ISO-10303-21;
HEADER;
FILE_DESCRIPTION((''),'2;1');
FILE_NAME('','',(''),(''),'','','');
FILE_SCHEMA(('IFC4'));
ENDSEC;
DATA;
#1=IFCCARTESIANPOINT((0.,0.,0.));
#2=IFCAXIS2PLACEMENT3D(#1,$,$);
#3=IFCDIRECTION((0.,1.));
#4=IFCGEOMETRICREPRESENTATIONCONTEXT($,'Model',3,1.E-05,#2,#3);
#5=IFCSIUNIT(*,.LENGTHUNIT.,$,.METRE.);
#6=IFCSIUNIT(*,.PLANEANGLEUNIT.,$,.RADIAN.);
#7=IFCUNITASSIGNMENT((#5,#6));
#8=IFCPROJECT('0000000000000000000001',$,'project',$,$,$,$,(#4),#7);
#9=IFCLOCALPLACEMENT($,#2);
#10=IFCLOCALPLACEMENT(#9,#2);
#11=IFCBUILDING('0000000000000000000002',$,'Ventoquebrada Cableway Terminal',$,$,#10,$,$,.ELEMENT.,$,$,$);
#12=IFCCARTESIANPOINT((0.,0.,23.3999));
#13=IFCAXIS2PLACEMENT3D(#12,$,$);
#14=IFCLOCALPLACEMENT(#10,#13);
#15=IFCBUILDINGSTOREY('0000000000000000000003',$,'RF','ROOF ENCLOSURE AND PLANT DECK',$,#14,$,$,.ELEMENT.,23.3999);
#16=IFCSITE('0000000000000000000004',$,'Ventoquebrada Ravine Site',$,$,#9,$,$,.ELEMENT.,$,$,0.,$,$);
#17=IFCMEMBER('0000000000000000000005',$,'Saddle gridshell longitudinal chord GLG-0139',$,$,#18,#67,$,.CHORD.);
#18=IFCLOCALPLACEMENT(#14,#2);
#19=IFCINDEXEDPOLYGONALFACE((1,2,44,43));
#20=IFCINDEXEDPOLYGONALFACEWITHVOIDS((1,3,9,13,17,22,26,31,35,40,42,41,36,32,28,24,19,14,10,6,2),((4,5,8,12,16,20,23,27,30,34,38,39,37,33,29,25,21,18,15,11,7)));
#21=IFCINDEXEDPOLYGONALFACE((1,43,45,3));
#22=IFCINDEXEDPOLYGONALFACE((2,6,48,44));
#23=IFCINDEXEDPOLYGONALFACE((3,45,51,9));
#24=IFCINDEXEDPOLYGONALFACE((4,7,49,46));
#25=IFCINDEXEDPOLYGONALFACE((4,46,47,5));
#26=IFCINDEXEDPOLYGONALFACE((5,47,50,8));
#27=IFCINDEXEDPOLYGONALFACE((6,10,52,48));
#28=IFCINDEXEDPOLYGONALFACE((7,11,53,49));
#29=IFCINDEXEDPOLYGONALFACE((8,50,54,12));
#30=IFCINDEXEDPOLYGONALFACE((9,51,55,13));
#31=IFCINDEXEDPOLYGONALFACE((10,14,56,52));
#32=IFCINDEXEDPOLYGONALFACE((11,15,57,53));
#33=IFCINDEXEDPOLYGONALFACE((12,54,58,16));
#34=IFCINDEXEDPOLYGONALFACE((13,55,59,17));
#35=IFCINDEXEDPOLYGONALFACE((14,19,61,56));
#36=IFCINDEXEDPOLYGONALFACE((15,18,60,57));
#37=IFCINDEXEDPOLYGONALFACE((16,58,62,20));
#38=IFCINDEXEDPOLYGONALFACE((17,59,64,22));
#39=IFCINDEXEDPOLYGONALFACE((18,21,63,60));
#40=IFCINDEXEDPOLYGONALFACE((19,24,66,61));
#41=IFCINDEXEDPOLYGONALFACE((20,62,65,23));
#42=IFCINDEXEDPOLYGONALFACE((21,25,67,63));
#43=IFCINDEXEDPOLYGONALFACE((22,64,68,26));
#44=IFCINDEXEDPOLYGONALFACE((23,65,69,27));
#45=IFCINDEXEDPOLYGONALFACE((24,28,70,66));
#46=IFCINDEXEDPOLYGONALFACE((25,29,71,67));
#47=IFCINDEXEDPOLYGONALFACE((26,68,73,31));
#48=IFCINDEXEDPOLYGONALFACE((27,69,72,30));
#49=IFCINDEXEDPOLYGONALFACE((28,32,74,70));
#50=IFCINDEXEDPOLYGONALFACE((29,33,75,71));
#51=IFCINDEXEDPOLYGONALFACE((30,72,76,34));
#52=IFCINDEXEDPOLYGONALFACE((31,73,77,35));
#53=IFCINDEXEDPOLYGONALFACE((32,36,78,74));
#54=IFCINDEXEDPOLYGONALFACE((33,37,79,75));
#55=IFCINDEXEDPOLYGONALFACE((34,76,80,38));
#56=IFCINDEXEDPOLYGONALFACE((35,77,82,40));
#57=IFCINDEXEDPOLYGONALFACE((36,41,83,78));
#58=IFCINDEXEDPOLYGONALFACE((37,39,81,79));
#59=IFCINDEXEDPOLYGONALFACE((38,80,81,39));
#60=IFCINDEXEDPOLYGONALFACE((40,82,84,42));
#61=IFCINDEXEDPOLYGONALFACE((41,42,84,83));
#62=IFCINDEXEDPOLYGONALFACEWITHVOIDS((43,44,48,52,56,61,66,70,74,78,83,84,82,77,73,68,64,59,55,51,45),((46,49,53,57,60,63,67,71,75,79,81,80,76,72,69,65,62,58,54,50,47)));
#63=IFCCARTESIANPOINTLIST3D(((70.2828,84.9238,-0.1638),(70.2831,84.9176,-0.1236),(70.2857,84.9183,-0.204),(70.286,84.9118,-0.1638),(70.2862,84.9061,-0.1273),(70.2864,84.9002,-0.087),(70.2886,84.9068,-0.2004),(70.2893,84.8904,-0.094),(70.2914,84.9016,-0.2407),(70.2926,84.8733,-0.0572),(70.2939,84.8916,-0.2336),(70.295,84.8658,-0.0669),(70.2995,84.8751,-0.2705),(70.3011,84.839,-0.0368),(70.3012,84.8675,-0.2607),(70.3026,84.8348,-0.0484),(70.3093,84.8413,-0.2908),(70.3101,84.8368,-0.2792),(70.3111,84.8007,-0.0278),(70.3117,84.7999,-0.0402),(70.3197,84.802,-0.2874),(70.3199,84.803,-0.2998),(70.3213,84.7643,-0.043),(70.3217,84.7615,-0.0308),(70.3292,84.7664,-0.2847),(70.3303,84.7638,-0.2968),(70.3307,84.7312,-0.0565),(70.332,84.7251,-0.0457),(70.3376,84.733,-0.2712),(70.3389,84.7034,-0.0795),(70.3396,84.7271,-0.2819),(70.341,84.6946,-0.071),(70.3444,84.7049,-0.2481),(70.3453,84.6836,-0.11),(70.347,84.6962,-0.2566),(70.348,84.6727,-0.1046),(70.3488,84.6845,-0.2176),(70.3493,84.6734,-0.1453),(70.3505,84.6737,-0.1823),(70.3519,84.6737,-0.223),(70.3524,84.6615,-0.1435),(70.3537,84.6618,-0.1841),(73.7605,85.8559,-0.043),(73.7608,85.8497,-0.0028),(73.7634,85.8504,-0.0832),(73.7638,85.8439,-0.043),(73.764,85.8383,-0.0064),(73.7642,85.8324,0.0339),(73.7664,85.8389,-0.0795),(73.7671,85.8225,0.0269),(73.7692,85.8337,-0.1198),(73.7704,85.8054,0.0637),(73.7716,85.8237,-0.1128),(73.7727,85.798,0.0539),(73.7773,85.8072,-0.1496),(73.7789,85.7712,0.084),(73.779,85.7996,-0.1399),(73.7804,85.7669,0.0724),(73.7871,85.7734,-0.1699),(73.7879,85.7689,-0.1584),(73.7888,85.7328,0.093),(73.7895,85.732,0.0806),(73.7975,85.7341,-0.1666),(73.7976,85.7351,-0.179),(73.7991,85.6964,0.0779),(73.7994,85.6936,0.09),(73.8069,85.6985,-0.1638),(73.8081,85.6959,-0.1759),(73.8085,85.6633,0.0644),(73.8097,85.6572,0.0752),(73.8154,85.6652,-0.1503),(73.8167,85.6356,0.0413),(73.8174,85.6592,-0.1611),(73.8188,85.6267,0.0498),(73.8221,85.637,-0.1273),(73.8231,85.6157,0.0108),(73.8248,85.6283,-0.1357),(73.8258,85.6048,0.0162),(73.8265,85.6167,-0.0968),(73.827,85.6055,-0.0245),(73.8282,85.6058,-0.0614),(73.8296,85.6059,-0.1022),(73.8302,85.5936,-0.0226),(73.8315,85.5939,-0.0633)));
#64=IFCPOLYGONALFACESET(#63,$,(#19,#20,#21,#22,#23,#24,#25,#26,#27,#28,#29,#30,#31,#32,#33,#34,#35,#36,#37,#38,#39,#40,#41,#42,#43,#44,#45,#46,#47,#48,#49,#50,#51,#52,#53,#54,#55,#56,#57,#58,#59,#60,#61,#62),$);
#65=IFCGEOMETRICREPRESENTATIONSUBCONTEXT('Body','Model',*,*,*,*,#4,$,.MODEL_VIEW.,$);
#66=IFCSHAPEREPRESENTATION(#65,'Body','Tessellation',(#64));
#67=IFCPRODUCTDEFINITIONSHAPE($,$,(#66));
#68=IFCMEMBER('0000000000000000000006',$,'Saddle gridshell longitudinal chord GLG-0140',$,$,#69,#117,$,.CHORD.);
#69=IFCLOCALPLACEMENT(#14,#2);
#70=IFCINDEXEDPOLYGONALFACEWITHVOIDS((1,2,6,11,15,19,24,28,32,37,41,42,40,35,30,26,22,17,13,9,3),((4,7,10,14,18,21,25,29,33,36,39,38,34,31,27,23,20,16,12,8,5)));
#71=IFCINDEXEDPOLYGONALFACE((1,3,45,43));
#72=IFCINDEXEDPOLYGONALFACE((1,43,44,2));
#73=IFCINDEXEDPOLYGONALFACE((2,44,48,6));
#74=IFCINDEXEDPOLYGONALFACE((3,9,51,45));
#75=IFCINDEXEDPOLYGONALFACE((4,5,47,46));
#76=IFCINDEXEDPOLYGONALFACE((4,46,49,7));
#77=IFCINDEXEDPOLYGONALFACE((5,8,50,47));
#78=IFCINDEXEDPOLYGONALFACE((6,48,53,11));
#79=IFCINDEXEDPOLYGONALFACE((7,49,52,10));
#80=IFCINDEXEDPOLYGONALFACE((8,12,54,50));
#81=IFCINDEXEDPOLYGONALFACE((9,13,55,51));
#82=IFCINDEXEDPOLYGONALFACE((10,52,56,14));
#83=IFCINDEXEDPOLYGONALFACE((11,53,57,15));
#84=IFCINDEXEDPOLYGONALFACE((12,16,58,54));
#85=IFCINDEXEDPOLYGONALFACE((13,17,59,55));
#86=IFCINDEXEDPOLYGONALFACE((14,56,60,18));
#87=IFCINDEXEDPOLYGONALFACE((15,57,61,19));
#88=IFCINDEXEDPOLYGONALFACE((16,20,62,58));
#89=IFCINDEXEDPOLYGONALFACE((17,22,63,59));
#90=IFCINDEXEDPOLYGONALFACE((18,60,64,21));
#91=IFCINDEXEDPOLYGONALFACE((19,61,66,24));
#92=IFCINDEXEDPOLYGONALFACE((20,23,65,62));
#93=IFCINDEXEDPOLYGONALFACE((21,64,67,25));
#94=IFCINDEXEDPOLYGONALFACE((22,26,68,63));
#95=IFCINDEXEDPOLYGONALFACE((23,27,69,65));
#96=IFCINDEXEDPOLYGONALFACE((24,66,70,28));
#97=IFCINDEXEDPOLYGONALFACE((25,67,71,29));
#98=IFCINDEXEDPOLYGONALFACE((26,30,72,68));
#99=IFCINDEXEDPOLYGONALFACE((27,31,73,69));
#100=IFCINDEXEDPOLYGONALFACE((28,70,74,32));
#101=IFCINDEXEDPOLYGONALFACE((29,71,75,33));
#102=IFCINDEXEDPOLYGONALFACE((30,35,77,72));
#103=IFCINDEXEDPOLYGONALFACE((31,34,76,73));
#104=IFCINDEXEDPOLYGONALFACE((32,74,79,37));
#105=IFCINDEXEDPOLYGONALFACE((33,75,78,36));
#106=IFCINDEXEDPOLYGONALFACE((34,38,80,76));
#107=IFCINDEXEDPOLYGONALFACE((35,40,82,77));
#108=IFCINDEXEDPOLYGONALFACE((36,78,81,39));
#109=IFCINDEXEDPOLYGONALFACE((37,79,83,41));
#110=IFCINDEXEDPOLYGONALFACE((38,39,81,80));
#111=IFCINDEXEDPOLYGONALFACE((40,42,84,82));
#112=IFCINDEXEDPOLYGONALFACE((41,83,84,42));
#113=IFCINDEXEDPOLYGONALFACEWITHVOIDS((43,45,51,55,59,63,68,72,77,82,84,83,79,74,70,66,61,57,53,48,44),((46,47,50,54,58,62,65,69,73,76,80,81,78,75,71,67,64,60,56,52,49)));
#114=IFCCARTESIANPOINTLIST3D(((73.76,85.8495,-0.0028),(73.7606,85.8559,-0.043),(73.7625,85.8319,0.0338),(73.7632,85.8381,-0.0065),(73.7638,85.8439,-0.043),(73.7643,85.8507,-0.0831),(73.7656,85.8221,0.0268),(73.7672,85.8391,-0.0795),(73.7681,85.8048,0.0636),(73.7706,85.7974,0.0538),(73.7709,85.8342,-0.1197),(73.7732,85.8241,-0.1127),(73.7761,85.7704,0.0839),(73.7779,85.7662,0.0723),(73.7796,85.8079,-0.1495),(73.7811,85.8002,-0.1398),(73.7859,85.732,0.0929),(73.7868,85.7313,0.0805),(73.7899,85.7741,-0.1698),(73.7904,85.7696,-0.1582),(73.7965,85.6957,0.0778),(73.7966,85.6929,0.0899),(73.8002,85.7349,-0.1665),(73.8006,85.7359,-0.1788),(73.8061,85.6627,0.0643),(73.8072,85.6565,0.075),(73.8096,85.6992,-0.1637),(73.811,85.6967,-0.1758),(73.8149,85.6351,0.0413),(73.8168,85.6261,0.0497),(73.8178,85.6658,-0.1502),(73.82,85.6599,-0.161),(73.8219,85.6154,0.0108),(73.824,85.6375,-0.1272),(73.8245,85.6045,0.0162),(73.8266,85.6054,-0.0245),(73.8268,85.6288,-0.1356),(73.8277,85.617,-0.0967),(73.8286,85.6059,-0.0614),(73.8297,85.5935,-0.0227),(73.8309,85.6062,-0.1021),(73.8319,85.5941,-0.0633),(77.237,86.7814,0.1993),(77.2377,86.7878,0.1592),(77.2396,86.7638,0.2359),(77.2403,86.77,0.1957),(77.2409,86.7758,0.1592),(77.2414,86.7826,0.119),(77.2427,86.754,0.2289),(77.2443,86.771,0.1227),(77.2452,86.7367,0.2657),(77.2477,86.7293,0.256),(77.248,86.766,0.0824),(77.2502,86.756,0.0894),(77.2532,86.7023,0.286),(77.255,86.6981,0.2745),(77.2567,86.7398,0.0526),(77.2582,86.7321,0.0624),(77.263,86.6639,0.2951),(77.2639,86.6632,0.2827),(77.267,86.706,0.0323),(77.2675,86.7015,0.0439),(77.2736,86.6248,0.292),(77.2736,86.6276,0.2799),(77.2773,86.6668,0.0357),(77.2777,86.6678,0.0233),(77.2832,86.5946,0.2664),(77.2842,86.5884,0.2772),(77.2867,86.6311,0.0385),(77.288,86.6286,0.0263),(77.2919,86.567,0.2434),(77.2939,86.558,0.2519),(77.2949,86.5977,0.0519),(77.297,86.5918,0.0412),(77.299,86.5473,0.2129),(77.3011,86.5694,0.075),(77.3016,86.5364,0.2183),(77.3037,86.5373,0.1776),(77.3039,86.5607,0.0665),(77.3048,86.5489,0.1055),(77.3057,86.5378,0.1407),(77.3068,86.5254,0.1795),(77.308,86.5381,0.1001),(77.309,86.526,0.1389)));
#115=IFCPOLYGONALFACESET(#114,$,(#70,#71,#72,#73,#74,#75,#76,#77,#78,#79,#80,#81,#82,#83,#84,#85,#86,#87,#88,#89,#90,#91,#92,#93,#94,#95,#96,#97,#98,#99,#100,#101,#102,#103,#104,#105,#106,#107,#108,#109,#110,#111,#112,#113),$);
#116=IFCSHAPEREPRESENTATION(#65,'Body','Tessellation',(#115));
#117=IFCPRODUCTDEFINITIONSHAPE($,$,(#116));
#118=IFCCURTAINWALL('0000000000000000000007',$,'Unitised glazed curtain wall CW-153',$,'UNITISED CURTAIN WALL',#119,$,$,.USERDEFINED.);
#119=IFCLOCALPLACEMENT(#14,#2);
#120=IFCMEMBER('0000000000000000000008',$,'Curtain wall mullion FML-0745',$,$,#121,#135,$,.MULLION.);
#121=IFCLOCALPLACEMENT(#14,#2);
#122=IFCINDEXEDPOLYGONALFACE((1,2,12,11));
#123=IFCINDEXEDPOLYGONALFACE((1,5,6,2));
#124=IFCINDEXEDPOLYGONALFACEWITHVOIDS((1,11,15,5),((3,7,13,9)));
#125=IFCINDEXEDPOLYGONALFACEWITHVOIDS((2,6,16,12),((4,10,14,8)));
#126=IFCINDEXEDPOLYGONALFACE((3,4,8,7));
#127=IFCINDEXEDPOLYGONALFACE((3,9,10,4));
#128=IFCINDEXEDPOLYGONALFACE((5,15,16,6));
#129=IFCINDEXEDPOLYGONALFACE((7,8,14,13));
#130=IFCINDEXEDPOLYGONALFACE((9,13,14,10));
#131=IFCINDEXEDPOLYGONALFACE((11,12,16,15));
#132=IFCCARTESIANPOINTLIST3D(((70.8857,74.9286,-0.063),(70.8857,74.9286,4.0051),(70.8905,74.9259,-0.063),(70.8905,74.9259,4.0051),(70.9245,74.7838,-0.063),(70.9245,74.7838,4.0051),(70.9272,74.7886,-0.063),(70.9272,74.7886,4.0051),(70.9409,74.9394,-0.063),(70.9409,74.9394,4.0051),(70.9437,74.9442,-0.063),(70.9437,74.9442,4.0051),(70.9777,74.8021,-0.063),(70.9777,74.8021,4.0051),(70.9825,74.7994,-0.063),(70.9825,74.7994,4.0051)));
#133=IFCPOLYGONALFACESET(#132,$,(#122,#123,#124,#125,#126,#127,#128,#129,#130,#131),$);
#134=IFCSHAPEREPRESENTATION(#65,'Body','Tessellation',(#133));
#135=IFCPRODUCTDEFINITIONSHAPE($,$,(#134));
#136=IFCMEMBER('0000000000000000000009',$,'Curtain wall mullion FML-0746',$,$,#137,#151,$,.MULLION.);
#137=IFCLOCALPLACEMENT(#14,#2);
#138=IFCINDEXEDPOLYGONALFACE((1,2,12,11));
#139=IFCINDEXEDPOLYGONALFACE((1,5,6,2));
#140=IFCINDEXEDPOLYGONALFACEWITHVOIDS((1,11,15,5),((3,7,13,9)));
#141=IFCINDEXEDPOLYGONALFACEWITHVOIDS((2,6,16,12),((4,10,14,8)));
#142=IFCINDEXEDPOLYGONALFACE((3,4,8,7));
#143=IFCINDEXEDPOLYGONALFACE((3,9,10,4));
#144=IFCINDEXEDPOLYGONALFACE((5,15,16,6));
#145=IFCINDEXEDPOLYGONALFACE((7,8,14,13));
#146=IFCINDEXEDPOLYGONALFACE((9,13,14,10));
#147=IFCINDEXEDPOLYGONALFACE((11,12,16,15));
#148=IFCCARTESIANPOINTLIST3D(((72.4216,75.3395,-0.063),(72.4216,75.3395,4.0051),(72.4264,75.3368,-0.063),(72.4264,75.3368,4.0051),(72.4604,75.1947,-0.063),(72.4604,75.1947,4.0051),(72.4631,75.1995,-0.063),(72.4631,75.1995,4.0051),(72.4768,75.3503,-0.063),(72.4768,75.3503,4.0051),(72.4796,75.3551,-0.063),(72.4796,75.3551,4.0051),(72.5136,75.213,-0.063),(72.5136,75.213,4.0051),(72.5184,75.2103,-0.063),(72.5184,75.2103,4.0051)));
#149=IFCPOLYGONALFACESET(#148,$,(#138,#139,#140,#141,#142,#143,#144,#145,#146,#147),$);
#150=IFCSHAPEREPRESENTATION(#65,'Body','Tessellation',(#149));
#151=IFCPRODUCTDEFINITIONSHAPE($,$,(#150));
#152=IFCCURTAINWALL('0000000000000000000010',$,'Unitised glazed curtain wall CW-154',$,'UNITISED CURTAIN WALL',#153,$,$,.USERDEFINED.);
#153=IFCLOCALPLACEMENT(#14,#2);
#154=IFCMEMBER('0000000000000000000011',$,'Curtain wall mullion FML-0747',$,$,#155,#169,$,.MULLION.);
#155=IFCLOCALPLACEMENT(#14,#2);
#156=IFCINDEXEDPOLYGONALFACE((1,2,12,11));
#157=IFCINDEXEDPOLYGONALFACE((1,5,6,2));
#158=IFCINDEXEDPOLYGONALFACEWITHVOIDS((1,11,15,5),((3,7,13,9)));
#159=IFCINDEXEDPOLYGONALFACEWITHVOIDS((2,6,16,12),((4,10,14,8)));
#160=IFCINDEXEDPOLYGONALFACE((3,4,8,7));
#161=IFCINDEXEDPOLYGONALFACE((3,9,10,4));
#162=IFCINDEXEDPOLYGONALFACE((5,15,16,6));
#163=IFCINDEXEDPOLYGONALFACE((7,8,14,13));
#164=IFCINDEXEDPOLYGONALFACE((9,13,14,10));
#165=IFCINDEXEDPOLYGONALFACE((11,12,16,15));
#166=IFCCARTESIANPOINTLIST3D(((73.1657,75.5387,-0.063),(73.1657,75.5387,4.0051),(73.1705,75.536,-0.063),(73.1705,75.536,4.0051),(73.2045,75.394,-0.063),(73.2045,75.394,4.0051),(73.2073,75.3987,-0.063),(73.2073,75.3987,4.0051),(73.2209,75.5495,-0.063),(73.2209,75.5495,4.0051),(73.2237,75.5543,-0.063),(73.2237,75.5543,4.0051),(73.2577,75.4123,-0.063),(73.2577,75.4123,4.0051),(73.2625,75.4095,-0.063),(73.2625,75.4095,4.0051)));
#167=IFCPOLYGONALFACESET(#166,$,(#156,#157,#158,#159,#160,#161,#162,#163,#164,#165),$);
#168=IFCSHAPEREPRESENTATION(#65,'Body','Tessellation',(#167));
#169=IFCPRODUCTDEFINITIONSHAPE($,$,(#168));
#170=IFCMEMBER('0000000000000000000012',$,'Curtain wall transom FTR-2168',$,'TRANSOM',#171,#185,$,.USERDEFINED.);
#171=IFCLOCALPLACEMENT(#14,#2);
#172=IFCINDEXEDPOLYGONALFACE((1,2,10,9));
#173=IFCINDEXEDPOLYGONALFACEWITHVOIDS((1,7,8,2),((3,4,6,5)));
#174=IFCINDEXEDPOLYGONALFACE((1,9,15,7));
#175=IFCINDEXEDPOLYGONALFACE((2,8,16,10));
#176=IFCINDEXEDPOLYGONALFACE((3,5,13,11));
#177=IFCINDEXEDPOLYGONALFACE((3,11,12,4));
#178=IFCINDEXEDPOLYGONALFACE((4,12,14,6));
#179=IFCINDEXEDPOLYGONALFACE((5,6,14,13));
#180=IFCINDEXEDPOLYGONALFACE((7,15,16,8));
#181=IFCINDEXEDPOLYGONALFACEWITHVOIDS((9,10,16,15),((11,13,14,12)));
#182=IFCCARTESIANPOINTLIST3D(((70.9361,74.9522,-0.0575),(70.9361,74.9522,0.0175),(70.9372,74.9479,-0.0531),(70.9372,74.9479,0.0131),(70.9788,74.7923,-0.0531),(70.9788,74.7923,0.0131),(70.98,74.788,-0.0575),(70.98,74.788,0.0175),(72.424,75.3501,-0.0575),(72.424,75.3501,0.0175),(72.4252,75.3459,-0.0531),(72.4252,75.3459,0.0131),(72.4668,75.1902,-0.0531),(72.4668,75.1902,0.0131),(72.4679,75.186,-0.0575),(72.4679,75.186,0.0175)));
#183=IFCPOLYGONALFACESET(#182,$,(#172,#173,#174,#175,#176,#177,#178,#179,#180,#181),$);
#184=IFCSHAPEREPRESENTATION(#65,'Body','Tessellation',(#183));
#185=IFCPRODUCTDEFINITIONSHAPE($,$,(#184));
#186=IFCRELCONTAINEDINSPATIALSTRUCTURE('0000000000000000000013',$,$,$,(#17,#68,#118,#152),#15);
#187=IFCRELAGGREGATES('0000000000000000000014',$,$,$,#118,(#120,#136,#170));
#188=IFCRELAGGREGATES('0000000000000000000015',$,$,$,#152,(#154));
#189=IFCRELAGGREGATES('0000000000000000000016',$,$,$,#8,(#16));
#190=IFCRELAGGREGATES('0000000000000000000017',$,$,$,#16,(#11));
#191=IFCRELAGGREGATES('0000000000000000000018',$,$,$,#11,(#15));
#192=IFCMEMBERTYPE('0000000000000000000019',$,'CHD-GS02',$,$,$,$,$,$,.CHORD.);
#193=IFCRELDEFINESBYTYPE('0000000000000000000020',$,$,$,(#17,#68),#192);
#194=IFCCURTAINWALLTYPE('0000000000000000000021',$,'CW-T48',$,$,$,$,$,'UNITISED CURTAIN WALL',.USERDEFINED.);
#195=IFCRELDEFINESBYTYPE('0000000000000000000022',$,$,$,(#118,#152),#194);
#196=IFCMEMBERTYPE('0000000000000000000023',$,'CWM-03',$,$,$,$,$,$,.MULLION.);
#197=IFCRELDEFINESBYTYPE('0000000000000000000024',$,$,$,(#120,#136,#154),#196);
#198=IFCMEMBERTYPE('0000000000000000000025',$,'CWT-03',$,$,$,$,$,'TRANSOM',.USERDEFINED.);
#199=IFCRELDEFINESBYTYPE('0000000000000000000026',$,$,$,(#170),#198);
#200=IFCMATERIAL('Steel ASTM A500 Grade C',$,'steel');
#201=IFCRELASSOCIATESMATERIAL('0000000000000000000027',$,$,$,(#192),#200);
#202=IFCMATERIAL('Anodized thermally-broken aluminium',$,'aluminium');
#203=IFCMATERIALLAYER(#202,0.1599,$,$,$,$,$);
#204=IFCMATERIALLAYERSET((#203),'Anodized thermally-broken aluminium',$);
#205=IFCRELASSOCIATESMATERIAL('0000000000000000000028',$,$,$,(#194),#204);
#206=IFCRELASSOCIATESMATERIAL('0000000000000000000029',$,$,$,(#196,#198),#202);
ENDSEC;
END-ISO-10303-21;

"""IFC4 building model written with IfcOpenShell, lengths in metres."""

from ifc_helpers import new_model, si_unit, direction, frame, origin, origin_2d, place, context, subcontext, project, spatial, hollow_rectangle, hollow_circle, extrude, material, layer, layer_set, material_profile, profile_set, type_object, element, aggregate, save


model = new_model("IFC4")

# Units and contexts
model_context = context("Model", 3, precision=1e-05, world=origin(), true_north=direction((0.0, 1.0)))
body_context = subcontext(model_context, "Body", "Model", "MODEL_VIEW")
ifc_project = project(units=[si_unit("LENGTHUNIT", "METRE"), si_unit("PLANEANGLEUNIT", "RADIAN")], contexts=[model_context])

# Site, building, storey
site_placement = place(None, origin())
site = spatial("IfcSite", under=ifc_project, at=site_placement, Name="Ventoquebrada Ravine Site", CompositionType="ELEMENT", RefElevation=0.0)
building_placement = place(site_placement, origin())
building = spatial("IfcBuilding", under=site, at=building_placement, Name="Ventoquebrada Cableway Terminal", CompositionType="ELEMENT")
storey_placement = place(building_placement, frame((0.0, 0.0, 23.3999)))
storey = spatial("IfcBuildingStorey", under=building, at=storey_placement, Name="RF", Description="ROOF ENCLOSURE AND PLANT DECK", CompositionType="ELEMENT", Elevation=23.3999)

# Members
ifc_material_1 = material(Name="Steel ASTM A500 Grade C", Category="steel")
ifc_material_profile_1 = material_profile(ifc_material_1, hollow_circle(Radius=0.1365, WallThickness=0.0125, at=origin_2d()), Name="CHS273.0X12.5")
ifc_profile_set_1 = profile_set([ifc_material_profile_1], Name="Steel ASTM A500 Grade C")
member_type_1 = type_object("IfcMemberType", Name="CHD-GS02", PredefinedType="CHORD", material=ifc_profile_set_1)
member_1_placement = place(storey_placement, frame((70.3181, 84.792, -0.1638), z_axis=(0.965364, 0.258741, 0.033545), x_axis=(-0.258886, 0.965908, 0.0)))
element("IfcMember", 1, at=member_1_placement, inside=storey, type_object=member_type_1, Name="Saddle gridshell longitudinal chord GLG-0139", PredefinedType="CHORD", context=body_context, shape_type="SweptSolid", body=[
    extrude(hollow_circle(Radius=0.1365, WallThickness=0.0125, at=origin_2d()), origin(), (0.0, 0.0, 1.0), 3.6025),
])
member_2_placement = place(storey_placement, frame((73.7959, 85.7241, -0.043), z_axis=(0.964392, 0.258467, 0.056068), x_axis=(-0.258874, 0.965911, 0.0)))
element("IfcMember", 2, at=member_2_placement, inside=storey, type_object=member_type_1, Name="Saddle gridshell longitudinal chord GLG-0140", PredefinedType="CHORD", context=body_context, shape_type="SweptSolid", body=[
    extrude(hollow_circle(Radius=0.1365, WallThickness=0.0125, at=origin_2d()), origin(), (0.0, 0.0, 1.0), 3.6055),
])

# Curtain wall, members
ifc_material_2 = material(Name="Anodized thermally-broken aluminium", Category="aluminium")
ifc_layer_1 = layer(ifc_material_2, 0.1599)
ifc_layer_set_1 = layer_set([ifc_layer_1], Name="Anodized thermally-broken aluminium")
curtain_wall_type = type_object("IfcCurtainWallType", Name="CW-T48", ElementType="UNITISED CURTAIN WALL", PredefinedType="USERDEFINED", material=ifc_layer_set_1)
curtain_wall_1_placement = place(storey_placement, origin())
curtain_wall_1 = element("IfcCurtainWall", 3, at=curtain_wall_1_placement, inside=storey, type_object=curtain_wall_type, Name="Unitised glazed curtain wall CW-153", ObjectType="UNITISED CURTAIN WALL", PredefinedType="USERDEFINED")
ifc_material_profile_2 = material_profile(ifc_material_2, hollow_rectangle(XDim=0.0601, YDim=0.1499, WallThickness=0.0039, at=origin_2d()), Name="CW-MUL-60X150")
ifc_profile_set_2 = profile_set([ifc_material_profile_2], Name="Anodized thermally-broken aluminium")
member_type_2 = type_object("IfcMemberType", Name="CWM-03", PredefinedType="MULLION", material=ifc_profile_set_2)
member_3_placement = place(storey_placement, frame((70.9341, 74.864, -0.063), z_axis=(0.0, 0.0, 1.0), x_axis=(0.965944, 0.258752, 0.0)))
member_3 = element("IfcMember", 4, at=member_3_placement, type_object=member_type_2, Name="Curtain wall mullion FML-0745", PredefinedType="MULLION", context=body_context, shape_type="SweptSolid", body=[
    extrude(hollow_rectangle(XDim=0.0601, YDim=0.1499, WallThickness=0.0039, at=origin_2d()), origin(), (0.0, 0.0, 1.0), 4.0681),
])
member_4_placement = place(storey_placement, frame((72.47, 75.2749, -0.063), z_axis=(0.0, 0.0, 1.0), x_axis=(0.965944, 0.258752, 0.0)))
member_4 = element("IfcMember", 5, at=member_4_placement, type_object=member_type_2, Name="Curtain wall mullion FML-0746", PredefinedType="MULLION", context=body_context, shape_type="SweptSolid", body=[
    extrude(hollow_rectangle(XDim=0.0601, YDim=0.1499, WallThickness=0.0039, at=origin_2d()), origin(), (0.0, 0.0, 1.0), 4.0681),
])

# Curtain wall, member
curtain_wall_2_placement = place(storey_placement, origin())
curtain_wall_2 = element("IfcCurtainWall", 6, at=curtain_wall_2_placement, inside=storey, type_object=curtain_wall_type, Name="Unitised glazed curtain wall CW-154", ObjectType="UNITISED CURTAIN WALL", PredefinedType="USERDEFINED")
member_5_placement = place(storey_placement, frame((73.2141, 75.4741, -0.063), z_axis=(0.0, 0.0, 1.0), x_axis=(0.965903, 0.258903, 0.0)))
member_5 = element("IfcMember", 7, at=member_5_placement, type_object=member_type_2, Name="Curtain wall mullion FML-0747", PredefinedType="MULLION", context=body_context, shape_type="SweptSolid", body=[
    extrude(hollow_rectangle(XDim=0.0601, YDim=0.1499, WallThickness=0.0039, at=origin_2d()), origin(), (0.0, 0.0, 1.0), 4.0681),
])

# Member
ifc_material_profile_3 = material_profile(ifc_material_2, hollow_rectangle(XDim=0.075, YDim=0.1699, WallThickness=0.0044, at=origin_2d()), Name="CW-TRN-75X170")
ifc_profile_set_3 = profile_set([ifc_material_profile_3], Name="Anodized thermally-broken aluminium")
member_type_3 = type_object("IfcMemberType", Name="CWT-03", ElementType="TRANSOM", PredefinedType="USERDEFINED", material=ifc_profile_set_3)
member_6_placement = place(storey_placement, frame((70.958, 74.8701, -0.02), z_axis=(0.966051, 0.258353, 0.0), x_axis=(0.0, 0.0, 1.0)))
member_6 = element("IfcMember", 8, at=member_6_placement, type_object=member_type_3, Name="Curtain wall transom FTR-2168", ObjectType="TRANSOM", PredefinedType="USERDEFINED", context=body_context, shape_type="SweptSolid", body=[
    extrude(hollow_rectangle(XDim=0.075, YDim=0.1699, WallThickness=0.0044, at=origin_2d()), origin(), (0.0, 0.0, 1.0), 1.5403),
])

aggregate(curtain_wall_1, [member_3, member_4, member_6])
aggregate(curtain_wall_2, [member_5])

save(model, "model.ifc")
